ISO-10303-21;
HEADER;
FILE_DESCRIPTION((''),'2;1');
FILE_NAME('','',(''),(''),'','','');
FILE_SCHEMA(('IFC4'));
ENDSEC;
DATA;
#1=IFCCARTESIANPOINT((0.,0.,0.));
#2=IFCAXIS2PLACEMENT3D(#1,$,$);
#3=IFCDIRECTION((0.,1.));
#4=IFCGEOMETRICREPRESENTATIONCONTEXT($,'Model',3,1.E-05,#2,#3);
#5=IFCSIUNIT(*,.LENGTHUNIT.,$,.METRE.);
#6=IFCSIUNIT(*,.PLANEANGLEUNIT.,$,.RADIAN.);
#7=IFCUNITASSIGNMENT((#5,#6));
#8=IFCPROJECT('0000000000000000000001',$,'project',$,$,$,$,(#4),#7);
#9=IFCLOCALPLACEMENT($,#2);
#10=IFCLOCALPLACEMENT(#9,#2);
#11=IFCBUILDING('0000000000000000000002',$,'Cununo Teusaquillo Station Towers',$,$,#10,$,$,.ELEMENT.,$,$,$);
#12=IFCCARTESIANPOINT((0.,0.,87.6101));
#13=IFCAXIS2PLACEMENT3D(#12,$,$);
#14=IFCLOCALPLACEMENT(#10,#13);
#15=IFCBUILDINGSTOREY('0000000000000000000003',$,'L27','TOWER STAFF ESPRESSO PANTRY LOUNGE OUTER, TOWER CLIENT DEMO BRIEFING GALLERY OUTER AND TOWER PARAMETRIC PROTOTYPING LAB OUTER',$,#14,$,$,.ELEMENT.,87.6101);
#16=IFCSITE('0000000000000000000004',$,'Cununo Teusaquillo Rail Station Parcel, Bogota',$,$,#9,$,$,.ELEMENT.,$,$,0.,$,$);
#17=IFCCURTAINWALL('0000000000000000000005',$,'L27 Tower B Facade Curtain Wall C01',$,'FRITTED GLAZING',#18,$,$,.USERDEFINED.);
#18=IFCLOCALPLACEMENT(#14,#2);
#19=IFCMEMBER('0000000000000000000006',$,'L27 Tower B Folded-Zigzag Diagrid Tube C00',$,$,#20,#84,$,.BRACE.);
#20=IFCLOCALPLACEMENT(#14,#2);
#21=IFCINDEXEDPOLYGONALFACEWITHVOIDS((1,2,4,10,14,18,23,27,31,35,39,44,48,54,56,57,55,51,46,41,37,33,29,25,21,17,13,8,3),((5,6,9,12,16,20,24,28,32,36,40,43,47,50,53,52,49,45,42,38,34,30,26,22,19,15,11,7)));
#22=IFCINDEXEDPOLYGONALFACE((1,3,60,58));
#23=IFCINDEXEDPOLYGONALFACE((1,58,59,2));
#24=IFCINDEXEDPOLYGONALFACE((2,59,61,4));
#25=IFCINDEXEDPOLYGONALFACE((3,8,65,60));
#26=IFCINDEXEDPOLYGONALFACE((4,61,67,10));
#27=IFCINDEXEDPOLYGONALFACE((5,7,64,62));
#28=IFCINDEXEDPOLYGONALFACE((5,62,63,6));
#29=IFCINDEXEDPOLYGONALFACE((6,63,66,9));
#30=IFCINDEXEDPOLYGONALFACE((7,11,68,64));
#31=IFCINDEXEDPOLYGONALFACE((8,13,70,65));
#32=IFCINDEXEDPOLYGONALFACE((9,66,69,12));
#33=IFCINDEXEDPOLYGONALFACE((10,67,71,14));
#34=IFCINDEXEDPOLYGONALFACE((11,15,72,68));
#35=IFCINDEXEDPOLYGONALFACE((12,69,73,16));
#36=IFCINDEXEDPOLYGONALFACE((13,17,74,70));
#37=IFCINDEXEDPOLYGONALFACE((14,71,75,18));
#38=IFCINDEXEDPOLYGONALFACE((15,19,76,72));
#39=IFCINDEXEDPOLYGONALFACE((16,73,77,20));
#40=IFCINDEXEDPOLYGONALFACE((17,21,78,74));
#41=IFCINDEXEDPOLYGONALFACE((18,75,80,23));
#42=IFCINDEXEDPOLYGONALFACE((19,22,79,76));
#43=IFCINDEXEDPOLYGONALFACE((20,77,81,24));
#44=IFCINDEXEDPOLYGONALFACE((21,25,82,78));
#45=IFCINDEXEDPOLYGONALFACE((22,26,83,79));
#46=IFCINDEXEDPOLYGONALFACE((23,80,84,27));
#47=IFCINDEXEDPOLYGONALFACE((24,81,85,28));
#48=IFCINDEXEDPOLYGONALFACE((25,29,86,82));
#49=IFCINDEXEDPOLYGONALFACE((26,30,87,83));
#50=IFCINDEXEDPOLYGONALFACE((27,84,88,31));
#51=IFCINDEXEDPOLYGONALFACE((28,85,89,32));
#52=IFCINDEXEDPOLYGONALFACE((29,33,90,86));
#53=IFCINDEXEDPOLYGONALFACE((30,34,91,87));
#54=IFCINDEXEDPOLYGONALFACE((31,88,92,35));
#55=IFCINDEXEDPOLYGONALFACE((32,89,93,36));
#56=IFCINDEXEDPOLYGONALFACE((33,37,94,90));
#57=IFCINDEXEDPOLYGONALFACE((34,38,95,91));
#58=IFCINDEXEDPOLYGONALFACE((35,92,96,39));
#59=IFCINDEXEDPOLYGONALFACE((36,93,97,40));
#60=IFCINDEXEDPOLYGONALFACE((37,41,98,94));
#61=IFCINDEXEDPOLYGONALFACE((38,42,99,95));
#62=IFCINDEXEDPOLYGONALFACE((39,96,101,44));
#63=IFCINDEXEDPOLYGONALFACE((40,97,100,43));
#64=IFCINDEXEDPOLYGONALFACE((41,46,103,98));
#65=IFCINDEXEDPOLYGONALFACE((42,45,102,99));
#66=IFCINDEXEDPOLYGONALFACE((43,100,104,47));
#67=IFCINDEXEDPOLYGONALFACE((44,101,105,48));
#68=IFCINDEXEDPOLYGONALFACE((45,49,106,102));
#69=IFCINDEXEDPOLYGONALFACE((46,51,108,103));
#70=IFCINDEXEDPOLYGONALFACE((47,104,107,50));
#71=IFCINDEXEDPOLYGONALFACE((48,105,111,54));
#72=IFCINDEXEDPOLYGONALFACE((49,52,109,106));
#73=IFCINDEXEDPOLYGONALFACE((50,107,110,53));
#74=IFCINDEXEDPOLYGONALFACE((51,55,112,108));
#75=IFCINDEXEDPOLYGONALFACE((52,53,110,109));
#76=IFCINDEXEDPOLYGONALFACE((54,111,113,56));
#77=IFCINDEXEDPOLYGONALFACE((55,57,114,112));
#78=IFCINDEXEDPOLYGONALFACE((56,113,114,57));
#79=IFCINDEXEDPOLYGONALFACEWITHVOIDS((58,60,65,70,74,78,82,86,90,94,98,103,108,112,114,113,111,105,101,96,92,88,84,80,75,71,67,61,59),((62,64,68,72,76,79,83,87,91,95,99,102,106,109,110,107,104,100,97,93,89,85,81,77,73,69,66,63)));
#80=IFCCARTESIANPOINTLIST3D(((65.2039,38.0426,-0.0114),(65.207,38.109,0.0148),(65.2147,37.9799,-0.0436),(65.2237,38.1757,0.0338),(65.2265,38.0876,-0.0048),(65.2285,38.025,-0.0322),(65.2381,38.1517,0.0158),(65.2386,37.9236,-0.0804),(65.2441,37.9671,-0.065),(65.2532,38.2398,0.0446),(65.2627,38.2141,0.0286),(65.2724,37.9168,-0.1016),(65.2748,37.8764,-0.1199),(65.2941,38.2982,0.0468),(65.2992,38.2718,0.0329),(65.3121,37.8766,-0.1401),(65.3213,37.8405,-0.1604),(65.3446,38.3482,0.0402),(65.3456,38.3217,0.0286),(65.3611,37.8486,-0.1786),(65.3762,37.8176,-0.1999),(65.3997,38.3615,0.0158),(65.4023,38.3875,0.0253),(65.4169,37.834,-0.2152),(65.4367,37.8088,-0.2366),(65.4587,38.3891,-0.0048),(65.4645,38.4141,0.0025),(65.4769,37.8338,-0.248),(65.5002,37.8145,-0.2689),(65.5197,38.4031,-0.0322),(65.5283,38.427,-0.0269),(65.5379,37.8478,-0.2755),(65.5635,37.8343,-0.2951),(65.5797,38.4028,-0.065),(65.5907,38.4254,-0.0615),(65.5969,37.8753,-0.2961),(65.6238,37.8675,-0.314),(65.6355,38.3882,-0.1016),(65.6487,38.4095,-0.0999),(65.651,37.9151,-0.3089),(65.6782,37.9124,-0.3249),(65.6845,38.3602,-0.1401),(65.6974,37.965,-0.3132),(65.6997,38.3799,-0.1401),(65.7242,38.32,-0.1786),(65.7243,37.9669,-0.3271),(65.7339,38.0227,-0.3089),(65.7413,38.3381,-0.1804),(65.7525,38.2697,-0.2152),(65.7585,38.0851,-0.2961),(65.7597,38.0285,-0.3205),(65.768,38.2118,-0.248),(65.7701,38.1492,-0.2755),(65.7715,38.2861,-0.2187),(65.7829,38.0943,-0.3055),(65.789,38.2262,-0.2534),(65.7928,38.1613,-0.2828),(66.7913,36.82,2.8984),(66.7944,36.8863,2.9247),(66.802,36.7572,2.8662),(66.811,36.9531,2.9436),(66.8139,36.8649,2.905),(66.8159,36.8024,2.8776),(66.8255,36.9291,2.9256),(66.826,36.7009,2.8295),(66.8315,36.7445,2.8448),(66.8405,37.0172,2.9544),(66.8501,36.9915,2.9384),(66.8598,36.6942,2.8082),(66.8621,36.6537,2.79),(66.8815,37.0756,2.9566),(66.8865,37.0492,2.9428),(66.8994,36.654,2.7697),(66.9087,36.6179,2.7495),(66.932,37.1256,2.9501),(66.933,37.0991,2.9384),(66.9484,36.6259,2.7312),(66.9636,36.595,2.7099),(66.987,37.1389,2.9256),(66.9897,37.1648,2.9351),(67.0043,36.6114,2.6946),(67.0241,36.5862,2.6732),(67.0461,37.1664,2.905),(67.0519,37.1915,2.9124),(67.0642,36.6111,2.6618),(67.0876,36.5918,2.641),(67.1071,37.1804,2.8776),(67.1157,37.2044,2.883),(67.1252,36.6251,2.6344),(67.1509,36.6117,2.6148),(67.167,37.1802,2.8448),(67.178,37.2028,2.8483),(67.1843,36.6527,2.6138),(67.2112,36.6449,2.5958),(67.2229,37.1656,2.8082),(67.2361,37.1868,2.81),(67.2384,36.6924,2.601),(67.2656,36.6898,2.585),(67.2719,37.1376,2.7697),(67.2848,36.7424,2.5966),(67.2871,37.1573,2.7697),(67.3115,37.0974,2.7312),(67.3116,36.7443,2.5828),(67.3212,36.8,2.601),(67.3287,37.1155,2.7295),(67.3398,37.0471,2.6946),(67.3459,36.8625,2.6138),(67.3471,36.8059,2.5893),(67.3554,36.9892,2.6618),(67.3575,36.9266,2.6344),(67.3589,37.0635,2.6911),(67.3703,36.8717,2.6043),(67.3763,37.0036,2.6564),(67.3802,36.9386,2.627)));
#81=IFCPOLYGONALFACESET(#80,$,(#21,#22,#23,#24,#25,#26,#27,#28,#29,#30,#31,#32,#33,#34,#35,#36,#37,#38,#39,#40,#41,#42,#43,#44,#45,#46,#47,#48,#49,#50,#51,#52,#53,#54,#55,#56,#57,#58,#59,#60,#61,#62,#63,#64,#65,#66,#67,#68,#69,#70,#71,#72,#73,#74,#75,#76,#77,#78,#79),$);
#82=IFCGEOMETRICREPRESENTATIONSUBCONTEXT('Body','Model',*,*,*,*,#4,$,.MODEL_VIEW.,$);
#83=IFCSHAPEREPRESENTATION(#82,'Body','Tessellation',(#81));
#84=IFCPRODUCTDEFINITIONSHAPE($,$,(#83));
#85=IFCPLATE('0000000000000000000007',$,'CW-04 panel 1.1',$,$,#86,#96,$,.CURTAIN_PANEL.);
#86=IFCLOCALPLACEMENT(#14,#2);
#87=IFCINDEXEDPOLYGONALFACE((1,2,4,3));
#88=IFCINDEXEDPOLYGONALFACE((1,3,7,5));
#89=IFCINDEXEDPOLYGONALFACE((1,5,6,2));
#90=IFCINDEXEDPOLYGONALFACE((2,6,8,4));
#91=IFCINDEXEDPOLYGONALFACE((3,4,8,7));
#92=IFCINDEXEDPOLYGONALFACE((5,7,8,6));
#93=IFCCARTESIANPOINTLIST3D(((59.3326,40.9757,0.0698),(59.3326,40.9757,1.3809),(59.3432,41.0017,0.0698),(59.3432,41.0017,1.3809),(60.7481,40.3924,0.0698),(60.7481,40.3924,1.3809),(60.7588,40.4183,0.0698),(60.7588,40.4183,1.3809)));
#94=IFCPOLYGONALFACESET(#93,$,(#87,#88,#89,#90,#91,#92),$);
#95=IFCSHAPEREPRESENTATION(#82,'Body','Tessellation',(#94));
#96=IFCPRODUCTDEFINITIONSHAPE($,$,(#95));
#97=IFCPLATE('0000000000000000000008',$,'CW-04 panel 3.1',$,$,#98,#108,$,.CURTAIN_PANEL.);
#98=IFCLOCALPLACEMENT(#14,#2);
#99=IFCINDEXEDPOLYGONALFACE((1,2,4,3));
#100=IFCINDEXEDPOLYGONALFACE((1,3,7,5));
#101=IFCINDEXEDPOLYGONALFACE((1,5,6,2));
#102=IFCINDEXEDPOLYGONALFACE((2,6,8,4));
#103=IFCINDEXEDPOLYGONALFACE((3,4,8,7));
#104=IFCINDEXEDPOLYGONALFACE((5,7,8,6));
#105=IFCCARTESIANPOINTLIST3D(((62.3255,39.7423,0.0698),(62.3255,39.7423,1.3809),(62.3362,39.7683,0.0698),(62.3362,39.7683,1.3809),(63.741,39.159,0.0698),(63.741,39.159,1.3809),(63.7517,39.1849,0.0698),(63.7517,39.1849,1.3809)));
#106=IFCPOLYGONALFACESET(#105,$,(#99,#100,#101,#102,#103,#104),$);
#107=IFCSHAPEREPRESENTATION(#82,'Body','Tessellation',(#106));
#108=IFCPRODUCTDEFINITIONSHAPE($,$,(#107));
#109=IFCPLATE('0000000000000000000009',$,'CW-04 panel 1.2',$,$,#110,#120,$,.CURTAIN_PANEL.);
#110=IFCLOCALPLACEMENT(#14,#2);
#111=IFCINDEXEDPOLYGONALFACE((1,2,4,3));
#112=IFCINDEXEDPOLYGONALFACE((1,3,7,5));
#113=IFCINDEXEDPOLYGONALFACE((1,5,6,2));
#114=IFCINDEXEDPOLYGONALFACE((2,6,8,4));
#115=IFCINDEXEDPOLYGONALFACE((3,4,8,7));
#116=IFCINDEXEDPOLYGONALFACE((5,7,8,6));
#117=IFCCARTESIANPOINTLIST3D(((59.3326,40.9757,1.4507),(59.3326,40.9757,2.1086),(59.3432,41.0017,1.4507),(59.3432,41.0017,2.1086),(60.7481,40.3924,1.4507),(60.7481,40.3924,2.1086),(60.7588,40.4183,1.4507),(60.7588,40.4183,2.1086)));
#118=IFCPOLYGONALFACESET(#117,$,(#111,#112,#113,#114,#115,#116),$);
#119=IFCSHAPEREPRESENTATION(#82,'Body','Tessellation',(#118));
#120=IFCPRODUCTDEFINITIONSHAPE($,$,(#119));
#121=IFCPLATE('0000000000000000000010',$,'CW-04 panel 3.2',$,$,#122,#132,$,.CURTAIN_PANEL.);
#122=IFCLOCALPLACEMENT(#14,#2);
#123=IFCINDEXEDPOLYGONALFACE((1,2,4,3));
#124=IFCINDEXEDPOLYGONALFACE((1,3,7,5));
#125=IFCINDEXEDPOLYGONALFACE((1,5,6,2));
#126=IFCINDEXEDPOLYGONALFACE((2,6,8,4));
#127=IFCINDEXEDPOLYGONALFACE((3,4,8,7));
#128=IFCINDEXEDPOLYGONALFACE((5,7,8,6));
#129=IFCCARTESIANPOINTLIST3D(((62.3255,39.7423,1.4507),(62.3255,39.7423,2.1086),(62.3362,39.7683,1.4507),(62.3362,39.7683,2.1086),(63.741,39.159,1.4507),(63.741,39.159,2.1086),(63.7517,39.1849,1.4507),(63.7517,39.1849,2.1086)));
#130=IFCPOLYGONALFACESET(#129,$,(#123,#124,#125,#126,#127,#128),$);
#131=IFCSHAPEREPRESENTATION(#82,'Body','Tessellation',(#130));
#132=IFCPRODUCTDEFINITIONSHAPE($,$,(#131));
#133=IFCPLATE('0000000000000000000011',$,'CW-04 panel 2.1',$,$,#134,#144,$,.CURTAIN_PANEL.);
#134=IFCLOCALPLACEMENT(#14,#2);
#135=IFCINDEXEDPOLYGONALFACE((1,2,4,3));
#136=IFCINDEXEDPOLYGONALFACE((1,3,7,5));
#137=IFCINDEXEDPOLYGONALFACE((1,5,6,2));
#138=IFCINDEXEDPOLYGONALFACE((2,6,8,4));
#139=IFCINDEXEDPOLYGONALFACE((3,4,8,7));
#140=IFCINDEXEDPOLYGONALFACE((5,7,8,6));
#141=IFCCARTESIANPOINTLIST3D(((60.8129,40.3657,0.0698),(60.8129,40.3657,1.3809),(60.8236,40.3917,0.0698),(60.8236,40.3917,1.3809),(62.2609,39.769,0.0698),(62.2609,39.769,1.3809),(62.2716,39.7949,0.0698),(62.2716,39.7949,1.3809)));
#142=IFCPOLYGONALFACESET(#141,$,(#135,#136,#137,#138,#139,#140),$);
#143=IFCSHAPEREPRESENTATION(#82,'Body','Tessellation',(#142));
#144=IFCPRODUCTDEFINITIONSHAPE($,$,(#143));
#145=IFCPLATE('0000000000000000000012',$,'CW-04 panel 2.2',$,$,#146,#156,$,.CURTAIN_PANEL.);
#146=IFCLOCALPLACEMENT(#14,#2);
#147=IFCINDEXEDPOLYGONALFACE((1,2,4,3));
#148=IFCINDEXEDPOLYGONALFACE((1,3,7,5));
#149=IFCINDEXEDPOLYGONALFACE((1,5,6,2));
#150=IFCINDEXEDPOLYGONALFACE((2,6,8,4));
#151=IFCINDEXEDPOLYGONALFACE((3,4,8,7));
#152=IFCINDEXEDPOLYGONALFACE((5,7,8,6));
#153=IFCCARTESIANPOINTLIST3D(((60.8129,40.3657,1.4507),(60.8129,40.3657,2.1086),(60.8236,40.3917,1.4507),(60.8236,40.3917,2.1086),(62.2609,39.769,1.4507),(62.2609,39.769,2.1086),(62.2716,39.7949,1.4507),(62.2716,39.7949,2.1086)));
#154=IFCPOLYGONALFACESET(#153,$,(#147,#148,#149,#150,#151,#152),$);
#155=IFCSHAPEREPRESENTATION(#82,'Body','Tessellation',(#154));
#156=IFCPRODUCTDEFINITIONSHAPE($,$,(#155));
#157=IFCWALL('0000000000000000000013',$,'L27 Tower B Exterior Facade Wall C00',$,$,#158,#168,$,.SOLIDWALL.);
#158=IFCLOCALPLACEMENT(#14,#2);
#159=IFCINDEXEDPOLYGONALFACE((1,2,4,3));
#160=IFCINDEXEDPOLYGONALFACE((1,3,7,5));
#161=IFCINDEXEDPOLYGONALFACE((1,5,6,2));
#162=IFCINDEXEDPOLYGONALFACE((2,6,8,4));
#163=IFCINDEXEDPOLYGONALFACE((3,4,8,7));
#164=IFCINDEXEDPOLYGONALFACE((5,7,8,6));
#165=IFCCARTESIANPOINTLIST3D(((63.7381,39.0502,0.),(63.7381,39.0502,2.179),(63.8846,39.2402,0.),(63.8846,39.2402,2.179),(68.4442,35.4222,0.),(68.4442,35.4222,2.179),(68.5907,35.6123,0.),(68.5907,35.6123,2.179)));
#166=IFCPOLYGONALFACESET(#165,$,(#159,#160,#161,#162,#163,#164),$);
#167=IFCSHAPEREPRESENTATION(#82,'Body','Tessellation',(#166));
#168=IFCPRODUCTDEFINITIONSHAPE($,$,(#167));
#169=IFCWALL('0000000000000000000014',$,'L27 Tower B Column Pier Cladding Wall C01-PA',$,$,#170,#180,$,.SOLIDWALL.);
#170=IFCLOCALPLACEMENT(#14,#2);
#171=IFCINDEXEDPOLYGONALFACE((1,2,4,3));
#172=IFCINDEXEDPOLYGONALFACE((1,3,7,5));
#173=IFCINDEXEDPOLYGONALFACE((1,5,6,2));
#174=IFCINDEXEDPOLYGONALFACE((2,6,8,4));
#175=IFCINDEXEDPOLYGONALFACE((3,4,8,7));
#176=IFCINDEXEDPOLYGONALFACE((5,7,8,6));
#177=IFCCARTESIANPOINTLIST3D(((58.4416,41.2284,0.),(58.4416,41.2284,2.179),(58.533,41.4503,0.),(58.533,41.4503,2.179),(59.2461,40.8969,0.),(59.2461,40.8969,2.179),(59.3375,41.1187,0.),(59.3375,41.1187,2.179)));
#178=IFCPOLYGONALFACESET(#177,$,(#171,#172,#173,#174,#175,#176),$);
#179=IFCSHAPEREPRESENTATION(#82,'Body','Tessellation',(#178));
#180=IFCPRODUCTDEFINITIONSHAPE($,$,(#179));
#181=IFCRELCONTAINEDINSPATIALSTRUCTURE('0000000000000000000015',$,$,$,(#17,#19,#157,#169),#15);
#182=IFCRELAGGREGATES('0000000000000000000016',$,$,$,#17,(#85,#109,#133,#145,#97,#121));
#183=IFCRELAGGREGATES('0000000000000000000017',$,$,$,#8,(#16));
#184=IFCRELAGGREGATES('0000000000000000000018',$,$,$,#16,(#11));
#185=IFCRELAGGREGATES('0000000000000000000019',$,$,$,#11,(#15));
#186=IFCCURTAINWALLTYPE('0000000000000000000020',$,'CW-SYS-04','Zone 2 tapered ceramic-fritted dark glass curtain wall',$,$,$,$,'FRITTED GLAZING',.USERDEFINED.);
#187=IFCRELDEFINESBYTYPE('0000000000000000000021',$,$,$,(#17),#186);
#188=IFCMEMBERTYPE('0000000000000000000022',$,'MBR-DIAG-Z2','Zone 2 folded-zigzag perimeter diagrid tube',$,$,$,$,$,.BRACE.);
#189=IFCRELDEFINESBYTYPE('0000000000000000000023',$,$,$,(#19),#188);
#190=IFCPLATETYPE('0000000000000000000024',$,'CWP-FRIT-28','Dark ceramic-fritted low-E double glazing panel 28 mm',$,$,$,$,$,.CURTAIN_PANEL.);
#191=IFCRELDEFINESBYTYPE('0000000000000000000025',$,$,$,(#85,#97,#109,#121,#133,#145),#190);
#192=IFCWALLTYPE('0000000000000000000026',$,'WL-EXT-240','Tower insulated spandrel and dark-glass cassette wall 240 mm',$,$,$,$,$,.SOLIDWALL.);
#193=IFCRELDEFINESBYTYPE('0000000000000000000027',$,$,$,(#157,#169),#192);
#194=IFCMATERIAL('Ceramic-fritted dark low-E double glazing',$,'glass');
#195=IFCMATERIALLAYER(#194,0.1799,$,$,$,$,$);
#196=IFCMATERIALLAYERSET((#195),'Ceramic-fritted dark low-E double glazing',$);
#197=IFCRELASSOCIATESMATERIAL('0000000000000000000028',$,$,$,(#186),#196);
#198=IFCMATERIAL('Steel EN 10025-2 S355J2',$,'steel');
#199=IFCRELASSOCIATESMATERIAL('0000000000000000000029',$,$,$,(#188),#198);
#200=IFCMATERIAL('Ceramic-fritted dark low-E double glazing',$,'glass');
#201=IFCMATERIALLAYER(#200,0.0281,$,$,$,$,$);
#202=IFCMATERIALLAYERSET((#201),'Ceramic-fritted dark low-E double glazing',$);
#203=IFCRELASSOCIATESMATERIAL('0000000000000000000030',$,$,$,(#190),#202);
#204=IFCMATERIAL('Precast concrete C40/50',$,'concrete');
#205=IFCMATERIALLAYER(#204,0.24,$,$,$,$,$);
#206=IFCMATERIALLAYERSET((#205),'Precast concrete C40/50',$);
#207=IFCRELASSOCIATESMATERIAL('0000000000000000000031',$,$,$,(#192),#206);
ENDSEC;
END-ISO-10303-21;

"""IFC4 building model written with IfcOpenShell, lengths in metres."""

from ifc_helpers import new_model, si_unit, direction, frame, frame_2d, origin, origin_2d, place, context, subcontext, project, spatial, rectangle, hollow_circle, extrude, source, transform, mapped, material, layer, layer_set, material_profile, profile_set, type_object, element, aggregate, save


model = new_model("IFC4")

# Units and contexts
model_context = context("Model", 3, precision=1e-05, world=origin(), true_north=direction((0.0, 1.0)))
body_context = subcontext(model_context, "Body", "Model", "MODEL_VIEW")
ifc_project = project(units=[si_unit("LENGTHUNIT", "METRE"), si_unit("PLANEANGLEUNIT", "RADIAN")], contexts=[model_context])

# Site, building, storey
site_placement = place(None, origin())
site = spatial("IfcSite", under=ifc_project, at=site_placement, Name="Cununo Teusaquillo Rail Station Parcel, Bogota", CompositionType="ELEMENT", RefElevation=0.0)
building_placement = place(site_placement, origin())
building = spatial("IfcBuilding", under=site, at=building_placement, Name="Cununo Teusaquillo Station Towers", CompositionType="ELEMENT")
storey_placement = place(building_placement, frame((0.0, 0.0, 87.6101)))
storey = spatial("IfcBuildingStorey", under=building, at=storey_placement, Name="L27", Description="TOWER STAFF ESPRESSO PANTRY LOUNGE OUTER, TOWER CLIENT DEMO BRIEFING GALLERY OUTER AND TOWER PARAMETRIC PROTOTYPING LAB OUTER", CompositionType="ELEMENT", Elevation=87.6101)

# Curtain wall
ifc_material_1 = material(Name="Ceramic-fritted dark low-E double glazing", Category="glass")
ifc_layer_1 = layer(ifc_material_1, 0.1799)
ifc_layer_set_1 = layer_set([ifc_layer_1], Name="Ceramic-fritted dark low-E double glazing")
curtain_wall_type = type_object("IfcCurtainWallType", Name="CW-SYS-04", Description="Zone 2 tapered ceramic-fritted dark glass curtain wall", ElementType="FRITTED GLAZING", PredefinedType="USERDEFINED", material=ifc_layer_set_1)
curtain_wall_placement = place(storey_placement, origin())
curtain_wall = element("IfcCurtainWall", 1, at=curtain_wall_placement, inside=storey, type_object=curtain_wall_type, Name="L27 Tower B Facade Curtain Wall C01", ObjectType="FRITTED GLAZING", PredefinedType="USERDEFINED")

# Member
ifc_material_2 = material(Name="Steel EN 10025-2 S355J2", Category="steel")
ifc_material_profile_1 = material_profile(ifc_material_2, hollow_circle(Radius=0.3301, WallThickness=0.0249, at=origin_2d()), Name="CHS 660x25")
ifc_profile_set_1 = profile_set([ifc_material_profile_1], Name="Steel EN 10025-2 S355J2")
member_type_1 = type_object("IfcMemberType", Name="MBR-DIAG-Z2", Description="Zone 2 folded-zigzag perimeter diagrid tube", PredefinedType="BRACE", material=ifc_profile_set_1)
member_1_placement = place(storey_placement, frame((65.4983, 38.1184, -0.1401), z_axis=(0.449303, -0.346064, 0.82363), x_axis=(0.610205, 0.792243, 0.0)))
element("IfcMember", 2, at=member_1_placement, inside=storey, type_object=member_type_1, Name="L27 Tower B Folded-Zigzag Diagrid Tube C00", PredefinedType="BRACE", context=body_context, shape_type="SweptSolid", body=[
    extrude(hollow_circle(Radius=0.3301, WallThickness=0.0249, at=origin_2d()), origin(), (0.0, 0.0, 1.0), 3.533),
])

# Plates
ifc_material_3 = material(Name="Ceramic-fritted dark low-E double glazing", Category="glass")
ifc_layer_2 = layer(ifc_material_3, 0.0281)
ifc_layer_set_2 = layer_set([ifc_layer_2], Name="Ceramic-fritted dark low-E double glazing")
plate_type = type_object("IfcPlateType", Name="CWP-FRIT-28", Description="Dark ceramic-fritted low-E double glazing panel 28 mm", PredefinedType="CURTAIN_PANEL", material=ifc_layer_set_2)
shared_shape_1 = source(origin(), body_context, "Body", "SweptSolid", [
    extrude(rectangle(XDim=1.531, YDim=0.0281, at=origin_2d()), origin(), (0.0, 0.0, 1.0), 1.311),
])
plate_1_placement = place(storey_placement, frame((60.0457, 40.697, 0.0698), z_axis=(0.0, 0.0, 1.0), x_axis=(0.924562, -0.381031, 0.0)))
plate_1 = element("IfcPlate", 3, at=plate_1_placement, type_object=plate_type, Name="CW-04 panel 1.1", PredefinedType="CURTAIN_PANEL", context=body_context, shape_type="MappedRepresentation", body=[
    mapped(shared_shape_1, transform((0.0, 0.0, 0.0), x_axis=(1.0, 0.0, 0.0), y_axis=(0.0, 1.0, 0.0), z_axis=(0.0, 0.0, 1.0), scale=1.0)),
])
plate_2_placement = place(storey_placement, frame((63.0386, 39.4636, 0.0698), z_axis=(0.0, 0.0, 1.0), x_axis=(0.924562, -0.381031, 0.0)))
plate_2 = element("IfcPlate", 4, at=plate_2_placement, type_object=plate_type, Name="CW-04 panel 3.1", PredefinedType="CURTAIN_PANEL", context=body_context, shape_type="MappedRepresentation", body=[
    mapped(shared_shape_1, transform((0.0, 0.0, 0.0), x_axis=(1.0, 0.0, 0.0), y_axis=(0.0, 1.0, 0.0), z_axis=(0.0, 0.0, 1.0), scale=1.0)),
])
shared_shape_2 = source(origin(), body_context, "Body", "SweptSolid", [
    extrude(rectangle(XDim=1.531, YDim=0.0281, at=origin_2d()), origin(), (0.0, 0.0, 1.0), 0.658),
])
plate_3_placement = place(storey_placement, frame((60.0457, 40.697, 1.4507), z_axis=(0.0, 0.0, 1.0), x_axis=(0.924562, -0.381031, 0.0)))
plate_3 = element("IfcPlate", 5, at=plate_3_placement, type_object=plate_type, Name="CW-04 panel 1.2", PredefinedType="CURTAIN_PANEL", context=body_context, shape_type="MappedRepresentation", body=[
    mapped(shared_shape_2, transform((0.0, 0.0, 0.0), x_axis=(1.0, 0.0, 0.0), y_axis=(0.0, 1.0, 0.0), z_axis=(0.0, 0.0, 1.0), scale=1.0)),
])
plate_4_placement = place(storey_placement, frame((63.0386, 39.4636, 1.4507), z_axis=(0.0, 0.0, 1.0), x_axis=(0.924562, -0.381031, 0.0)))
plate_4 = element("IfcPlate", 6, at=plate_4_placement, type_object=plate_type, Name="CW-04 panel 3.2", PredefinedType="CURTAIN_PANEL", context=body_context, shape_type="MappedRepresentation", body=[
    mapped(shared_shape_2, transform((0.0, 0.0, 0.0), x_axis=(1.0, 0.0, 0.0), y_axis=(0.0, 1.0, 0.0), z_axis=(0.0, 0.0, 1.0), scale=1.0)),
])
shared_shape_3 = source(origin(), body_context, "Body", "SweptSolid", [
    extrude(rectangle(XDim=1.5662, YDim=0.0281, at=origin_2d()), origin(), (0.0, 0.0, 1.0), 1.311),
])
plate_5_placement = place(storey_placement, frame((61.5422, 40.0803, 0.0698), z_axis=(0.0, 0.0, 1.0), x_axis=(0.924562, -0.381031, 0.0)))
plate_5 = element("IfcPlate", 7, at=plate_5_placement, type_object=plate_type, Name="CW-04 panel 2.1", PredefinedType="CURTAIN_PANEL", context=body_context, shape_type="MappedRepresentation", body=[
    mapped(shared_shape_3, transform((0.0, 0.0, 0.0), x_axis=(1.0, 0.0, 0.0), y_axis=(0.0, 1.0, 0.0), z_axis=(0.0, 0.0, 1.0), scale=1.0)),
])
shared_shape_4 = source(origin(), body_context, "Body", "SweptSolid", [
    extrude(rectangle(XDim=1.5662, YDim=0.0281, at=origin_2d()), origin(), (0.0, 0.0, 1.0), 0.658),
])
plate_6_placement = place(storey_placement, frame((61.5422, 40.0803, 1.4507), z_axis=(0.0, 0.0, 1.0), x_axis=(0.924562, -0.381031, 0.0)))
plate_6 = element("IfcPlate", 8, at=plate_6_placement, type_object=plate_type, Name="CW-04 panel 2.2", PredefinedType="CURTAIN_PANEL", context=body_context, shape_type="MappedRepresentation", body=[
    mapped(shared_shape_4, transform((0.0, 0.0, 0.0), x_axis=(1.0, 0.0, 0.0), y_axis=(0.0, 1.0, 0.0), z_axis=(0.0, 0.0, 1.0), scale=1.0)),
])
aggregate(curtain_wall, [plate_1, plate_3, plate_5, plate_6, plate_2, plate_4])

# Walls
ifc_material_4 = material(Name="Precast concrete C40/50", Category="concrete")
ifc_layer_3 = layer(ifc_material_4, 0.24)
ifc_layer_set_3 = layer_set([ifc_layer_3], Name="Precast concrete C40/50")
wall_type = type_object("IfcWallType", Name="WL-EXT-240", Description="Tower insulated spandrel and dark-glass cassette wall 240 mm", PredefinedType="SOLIDWALL", material=ifc_layer_set_3)
wall_1_placement = place(storey_placement, frame((63.8113, 39.1453, 0.0), z_axis=(0.0, 0.0, 1.0), x_axis=(0.791982, -0.610544, 0.0)))
element("IfcWall", 9, at=wall_1_placement, inside=storey, type_object=wall_type, Name="L27 Tower B Exterior Facade Wall C00", PredefinedType="SOLIDWALL", context=body_context, shape_type="SweptSolid", body=[
    extrude(rectangle(XDim=5.9421, YDim=0.24, at=frame_2d((2.9712, 0.0))), origin(), (0.0, 0.0, 1.0), 2.179),
])
wall_2_placement = place(storey_placement, frame((58.4873, 41.3394, 0.0), z_axis=(0.0, 0.0, 1.0), x_axis=(0.924556, -0.381046, 0.0)))
element("IfcWall", 10, at=wall_2_placement, inside=storey, type_object=wall_type, Name="L27 Tower B Column Pier Cladding Wall C01-PA", PredefinedType="SOLIDWALL", context=body_context, shape_type="SweptSolid", body=[
    extrude(rectangle(XDim=0.8701, YDim=0.24, at=frame_2d((0.4351, 0.0))), origin(), (0.0, 0.0, 1.0), 2.179),
])

save(model, "model.ifc")
